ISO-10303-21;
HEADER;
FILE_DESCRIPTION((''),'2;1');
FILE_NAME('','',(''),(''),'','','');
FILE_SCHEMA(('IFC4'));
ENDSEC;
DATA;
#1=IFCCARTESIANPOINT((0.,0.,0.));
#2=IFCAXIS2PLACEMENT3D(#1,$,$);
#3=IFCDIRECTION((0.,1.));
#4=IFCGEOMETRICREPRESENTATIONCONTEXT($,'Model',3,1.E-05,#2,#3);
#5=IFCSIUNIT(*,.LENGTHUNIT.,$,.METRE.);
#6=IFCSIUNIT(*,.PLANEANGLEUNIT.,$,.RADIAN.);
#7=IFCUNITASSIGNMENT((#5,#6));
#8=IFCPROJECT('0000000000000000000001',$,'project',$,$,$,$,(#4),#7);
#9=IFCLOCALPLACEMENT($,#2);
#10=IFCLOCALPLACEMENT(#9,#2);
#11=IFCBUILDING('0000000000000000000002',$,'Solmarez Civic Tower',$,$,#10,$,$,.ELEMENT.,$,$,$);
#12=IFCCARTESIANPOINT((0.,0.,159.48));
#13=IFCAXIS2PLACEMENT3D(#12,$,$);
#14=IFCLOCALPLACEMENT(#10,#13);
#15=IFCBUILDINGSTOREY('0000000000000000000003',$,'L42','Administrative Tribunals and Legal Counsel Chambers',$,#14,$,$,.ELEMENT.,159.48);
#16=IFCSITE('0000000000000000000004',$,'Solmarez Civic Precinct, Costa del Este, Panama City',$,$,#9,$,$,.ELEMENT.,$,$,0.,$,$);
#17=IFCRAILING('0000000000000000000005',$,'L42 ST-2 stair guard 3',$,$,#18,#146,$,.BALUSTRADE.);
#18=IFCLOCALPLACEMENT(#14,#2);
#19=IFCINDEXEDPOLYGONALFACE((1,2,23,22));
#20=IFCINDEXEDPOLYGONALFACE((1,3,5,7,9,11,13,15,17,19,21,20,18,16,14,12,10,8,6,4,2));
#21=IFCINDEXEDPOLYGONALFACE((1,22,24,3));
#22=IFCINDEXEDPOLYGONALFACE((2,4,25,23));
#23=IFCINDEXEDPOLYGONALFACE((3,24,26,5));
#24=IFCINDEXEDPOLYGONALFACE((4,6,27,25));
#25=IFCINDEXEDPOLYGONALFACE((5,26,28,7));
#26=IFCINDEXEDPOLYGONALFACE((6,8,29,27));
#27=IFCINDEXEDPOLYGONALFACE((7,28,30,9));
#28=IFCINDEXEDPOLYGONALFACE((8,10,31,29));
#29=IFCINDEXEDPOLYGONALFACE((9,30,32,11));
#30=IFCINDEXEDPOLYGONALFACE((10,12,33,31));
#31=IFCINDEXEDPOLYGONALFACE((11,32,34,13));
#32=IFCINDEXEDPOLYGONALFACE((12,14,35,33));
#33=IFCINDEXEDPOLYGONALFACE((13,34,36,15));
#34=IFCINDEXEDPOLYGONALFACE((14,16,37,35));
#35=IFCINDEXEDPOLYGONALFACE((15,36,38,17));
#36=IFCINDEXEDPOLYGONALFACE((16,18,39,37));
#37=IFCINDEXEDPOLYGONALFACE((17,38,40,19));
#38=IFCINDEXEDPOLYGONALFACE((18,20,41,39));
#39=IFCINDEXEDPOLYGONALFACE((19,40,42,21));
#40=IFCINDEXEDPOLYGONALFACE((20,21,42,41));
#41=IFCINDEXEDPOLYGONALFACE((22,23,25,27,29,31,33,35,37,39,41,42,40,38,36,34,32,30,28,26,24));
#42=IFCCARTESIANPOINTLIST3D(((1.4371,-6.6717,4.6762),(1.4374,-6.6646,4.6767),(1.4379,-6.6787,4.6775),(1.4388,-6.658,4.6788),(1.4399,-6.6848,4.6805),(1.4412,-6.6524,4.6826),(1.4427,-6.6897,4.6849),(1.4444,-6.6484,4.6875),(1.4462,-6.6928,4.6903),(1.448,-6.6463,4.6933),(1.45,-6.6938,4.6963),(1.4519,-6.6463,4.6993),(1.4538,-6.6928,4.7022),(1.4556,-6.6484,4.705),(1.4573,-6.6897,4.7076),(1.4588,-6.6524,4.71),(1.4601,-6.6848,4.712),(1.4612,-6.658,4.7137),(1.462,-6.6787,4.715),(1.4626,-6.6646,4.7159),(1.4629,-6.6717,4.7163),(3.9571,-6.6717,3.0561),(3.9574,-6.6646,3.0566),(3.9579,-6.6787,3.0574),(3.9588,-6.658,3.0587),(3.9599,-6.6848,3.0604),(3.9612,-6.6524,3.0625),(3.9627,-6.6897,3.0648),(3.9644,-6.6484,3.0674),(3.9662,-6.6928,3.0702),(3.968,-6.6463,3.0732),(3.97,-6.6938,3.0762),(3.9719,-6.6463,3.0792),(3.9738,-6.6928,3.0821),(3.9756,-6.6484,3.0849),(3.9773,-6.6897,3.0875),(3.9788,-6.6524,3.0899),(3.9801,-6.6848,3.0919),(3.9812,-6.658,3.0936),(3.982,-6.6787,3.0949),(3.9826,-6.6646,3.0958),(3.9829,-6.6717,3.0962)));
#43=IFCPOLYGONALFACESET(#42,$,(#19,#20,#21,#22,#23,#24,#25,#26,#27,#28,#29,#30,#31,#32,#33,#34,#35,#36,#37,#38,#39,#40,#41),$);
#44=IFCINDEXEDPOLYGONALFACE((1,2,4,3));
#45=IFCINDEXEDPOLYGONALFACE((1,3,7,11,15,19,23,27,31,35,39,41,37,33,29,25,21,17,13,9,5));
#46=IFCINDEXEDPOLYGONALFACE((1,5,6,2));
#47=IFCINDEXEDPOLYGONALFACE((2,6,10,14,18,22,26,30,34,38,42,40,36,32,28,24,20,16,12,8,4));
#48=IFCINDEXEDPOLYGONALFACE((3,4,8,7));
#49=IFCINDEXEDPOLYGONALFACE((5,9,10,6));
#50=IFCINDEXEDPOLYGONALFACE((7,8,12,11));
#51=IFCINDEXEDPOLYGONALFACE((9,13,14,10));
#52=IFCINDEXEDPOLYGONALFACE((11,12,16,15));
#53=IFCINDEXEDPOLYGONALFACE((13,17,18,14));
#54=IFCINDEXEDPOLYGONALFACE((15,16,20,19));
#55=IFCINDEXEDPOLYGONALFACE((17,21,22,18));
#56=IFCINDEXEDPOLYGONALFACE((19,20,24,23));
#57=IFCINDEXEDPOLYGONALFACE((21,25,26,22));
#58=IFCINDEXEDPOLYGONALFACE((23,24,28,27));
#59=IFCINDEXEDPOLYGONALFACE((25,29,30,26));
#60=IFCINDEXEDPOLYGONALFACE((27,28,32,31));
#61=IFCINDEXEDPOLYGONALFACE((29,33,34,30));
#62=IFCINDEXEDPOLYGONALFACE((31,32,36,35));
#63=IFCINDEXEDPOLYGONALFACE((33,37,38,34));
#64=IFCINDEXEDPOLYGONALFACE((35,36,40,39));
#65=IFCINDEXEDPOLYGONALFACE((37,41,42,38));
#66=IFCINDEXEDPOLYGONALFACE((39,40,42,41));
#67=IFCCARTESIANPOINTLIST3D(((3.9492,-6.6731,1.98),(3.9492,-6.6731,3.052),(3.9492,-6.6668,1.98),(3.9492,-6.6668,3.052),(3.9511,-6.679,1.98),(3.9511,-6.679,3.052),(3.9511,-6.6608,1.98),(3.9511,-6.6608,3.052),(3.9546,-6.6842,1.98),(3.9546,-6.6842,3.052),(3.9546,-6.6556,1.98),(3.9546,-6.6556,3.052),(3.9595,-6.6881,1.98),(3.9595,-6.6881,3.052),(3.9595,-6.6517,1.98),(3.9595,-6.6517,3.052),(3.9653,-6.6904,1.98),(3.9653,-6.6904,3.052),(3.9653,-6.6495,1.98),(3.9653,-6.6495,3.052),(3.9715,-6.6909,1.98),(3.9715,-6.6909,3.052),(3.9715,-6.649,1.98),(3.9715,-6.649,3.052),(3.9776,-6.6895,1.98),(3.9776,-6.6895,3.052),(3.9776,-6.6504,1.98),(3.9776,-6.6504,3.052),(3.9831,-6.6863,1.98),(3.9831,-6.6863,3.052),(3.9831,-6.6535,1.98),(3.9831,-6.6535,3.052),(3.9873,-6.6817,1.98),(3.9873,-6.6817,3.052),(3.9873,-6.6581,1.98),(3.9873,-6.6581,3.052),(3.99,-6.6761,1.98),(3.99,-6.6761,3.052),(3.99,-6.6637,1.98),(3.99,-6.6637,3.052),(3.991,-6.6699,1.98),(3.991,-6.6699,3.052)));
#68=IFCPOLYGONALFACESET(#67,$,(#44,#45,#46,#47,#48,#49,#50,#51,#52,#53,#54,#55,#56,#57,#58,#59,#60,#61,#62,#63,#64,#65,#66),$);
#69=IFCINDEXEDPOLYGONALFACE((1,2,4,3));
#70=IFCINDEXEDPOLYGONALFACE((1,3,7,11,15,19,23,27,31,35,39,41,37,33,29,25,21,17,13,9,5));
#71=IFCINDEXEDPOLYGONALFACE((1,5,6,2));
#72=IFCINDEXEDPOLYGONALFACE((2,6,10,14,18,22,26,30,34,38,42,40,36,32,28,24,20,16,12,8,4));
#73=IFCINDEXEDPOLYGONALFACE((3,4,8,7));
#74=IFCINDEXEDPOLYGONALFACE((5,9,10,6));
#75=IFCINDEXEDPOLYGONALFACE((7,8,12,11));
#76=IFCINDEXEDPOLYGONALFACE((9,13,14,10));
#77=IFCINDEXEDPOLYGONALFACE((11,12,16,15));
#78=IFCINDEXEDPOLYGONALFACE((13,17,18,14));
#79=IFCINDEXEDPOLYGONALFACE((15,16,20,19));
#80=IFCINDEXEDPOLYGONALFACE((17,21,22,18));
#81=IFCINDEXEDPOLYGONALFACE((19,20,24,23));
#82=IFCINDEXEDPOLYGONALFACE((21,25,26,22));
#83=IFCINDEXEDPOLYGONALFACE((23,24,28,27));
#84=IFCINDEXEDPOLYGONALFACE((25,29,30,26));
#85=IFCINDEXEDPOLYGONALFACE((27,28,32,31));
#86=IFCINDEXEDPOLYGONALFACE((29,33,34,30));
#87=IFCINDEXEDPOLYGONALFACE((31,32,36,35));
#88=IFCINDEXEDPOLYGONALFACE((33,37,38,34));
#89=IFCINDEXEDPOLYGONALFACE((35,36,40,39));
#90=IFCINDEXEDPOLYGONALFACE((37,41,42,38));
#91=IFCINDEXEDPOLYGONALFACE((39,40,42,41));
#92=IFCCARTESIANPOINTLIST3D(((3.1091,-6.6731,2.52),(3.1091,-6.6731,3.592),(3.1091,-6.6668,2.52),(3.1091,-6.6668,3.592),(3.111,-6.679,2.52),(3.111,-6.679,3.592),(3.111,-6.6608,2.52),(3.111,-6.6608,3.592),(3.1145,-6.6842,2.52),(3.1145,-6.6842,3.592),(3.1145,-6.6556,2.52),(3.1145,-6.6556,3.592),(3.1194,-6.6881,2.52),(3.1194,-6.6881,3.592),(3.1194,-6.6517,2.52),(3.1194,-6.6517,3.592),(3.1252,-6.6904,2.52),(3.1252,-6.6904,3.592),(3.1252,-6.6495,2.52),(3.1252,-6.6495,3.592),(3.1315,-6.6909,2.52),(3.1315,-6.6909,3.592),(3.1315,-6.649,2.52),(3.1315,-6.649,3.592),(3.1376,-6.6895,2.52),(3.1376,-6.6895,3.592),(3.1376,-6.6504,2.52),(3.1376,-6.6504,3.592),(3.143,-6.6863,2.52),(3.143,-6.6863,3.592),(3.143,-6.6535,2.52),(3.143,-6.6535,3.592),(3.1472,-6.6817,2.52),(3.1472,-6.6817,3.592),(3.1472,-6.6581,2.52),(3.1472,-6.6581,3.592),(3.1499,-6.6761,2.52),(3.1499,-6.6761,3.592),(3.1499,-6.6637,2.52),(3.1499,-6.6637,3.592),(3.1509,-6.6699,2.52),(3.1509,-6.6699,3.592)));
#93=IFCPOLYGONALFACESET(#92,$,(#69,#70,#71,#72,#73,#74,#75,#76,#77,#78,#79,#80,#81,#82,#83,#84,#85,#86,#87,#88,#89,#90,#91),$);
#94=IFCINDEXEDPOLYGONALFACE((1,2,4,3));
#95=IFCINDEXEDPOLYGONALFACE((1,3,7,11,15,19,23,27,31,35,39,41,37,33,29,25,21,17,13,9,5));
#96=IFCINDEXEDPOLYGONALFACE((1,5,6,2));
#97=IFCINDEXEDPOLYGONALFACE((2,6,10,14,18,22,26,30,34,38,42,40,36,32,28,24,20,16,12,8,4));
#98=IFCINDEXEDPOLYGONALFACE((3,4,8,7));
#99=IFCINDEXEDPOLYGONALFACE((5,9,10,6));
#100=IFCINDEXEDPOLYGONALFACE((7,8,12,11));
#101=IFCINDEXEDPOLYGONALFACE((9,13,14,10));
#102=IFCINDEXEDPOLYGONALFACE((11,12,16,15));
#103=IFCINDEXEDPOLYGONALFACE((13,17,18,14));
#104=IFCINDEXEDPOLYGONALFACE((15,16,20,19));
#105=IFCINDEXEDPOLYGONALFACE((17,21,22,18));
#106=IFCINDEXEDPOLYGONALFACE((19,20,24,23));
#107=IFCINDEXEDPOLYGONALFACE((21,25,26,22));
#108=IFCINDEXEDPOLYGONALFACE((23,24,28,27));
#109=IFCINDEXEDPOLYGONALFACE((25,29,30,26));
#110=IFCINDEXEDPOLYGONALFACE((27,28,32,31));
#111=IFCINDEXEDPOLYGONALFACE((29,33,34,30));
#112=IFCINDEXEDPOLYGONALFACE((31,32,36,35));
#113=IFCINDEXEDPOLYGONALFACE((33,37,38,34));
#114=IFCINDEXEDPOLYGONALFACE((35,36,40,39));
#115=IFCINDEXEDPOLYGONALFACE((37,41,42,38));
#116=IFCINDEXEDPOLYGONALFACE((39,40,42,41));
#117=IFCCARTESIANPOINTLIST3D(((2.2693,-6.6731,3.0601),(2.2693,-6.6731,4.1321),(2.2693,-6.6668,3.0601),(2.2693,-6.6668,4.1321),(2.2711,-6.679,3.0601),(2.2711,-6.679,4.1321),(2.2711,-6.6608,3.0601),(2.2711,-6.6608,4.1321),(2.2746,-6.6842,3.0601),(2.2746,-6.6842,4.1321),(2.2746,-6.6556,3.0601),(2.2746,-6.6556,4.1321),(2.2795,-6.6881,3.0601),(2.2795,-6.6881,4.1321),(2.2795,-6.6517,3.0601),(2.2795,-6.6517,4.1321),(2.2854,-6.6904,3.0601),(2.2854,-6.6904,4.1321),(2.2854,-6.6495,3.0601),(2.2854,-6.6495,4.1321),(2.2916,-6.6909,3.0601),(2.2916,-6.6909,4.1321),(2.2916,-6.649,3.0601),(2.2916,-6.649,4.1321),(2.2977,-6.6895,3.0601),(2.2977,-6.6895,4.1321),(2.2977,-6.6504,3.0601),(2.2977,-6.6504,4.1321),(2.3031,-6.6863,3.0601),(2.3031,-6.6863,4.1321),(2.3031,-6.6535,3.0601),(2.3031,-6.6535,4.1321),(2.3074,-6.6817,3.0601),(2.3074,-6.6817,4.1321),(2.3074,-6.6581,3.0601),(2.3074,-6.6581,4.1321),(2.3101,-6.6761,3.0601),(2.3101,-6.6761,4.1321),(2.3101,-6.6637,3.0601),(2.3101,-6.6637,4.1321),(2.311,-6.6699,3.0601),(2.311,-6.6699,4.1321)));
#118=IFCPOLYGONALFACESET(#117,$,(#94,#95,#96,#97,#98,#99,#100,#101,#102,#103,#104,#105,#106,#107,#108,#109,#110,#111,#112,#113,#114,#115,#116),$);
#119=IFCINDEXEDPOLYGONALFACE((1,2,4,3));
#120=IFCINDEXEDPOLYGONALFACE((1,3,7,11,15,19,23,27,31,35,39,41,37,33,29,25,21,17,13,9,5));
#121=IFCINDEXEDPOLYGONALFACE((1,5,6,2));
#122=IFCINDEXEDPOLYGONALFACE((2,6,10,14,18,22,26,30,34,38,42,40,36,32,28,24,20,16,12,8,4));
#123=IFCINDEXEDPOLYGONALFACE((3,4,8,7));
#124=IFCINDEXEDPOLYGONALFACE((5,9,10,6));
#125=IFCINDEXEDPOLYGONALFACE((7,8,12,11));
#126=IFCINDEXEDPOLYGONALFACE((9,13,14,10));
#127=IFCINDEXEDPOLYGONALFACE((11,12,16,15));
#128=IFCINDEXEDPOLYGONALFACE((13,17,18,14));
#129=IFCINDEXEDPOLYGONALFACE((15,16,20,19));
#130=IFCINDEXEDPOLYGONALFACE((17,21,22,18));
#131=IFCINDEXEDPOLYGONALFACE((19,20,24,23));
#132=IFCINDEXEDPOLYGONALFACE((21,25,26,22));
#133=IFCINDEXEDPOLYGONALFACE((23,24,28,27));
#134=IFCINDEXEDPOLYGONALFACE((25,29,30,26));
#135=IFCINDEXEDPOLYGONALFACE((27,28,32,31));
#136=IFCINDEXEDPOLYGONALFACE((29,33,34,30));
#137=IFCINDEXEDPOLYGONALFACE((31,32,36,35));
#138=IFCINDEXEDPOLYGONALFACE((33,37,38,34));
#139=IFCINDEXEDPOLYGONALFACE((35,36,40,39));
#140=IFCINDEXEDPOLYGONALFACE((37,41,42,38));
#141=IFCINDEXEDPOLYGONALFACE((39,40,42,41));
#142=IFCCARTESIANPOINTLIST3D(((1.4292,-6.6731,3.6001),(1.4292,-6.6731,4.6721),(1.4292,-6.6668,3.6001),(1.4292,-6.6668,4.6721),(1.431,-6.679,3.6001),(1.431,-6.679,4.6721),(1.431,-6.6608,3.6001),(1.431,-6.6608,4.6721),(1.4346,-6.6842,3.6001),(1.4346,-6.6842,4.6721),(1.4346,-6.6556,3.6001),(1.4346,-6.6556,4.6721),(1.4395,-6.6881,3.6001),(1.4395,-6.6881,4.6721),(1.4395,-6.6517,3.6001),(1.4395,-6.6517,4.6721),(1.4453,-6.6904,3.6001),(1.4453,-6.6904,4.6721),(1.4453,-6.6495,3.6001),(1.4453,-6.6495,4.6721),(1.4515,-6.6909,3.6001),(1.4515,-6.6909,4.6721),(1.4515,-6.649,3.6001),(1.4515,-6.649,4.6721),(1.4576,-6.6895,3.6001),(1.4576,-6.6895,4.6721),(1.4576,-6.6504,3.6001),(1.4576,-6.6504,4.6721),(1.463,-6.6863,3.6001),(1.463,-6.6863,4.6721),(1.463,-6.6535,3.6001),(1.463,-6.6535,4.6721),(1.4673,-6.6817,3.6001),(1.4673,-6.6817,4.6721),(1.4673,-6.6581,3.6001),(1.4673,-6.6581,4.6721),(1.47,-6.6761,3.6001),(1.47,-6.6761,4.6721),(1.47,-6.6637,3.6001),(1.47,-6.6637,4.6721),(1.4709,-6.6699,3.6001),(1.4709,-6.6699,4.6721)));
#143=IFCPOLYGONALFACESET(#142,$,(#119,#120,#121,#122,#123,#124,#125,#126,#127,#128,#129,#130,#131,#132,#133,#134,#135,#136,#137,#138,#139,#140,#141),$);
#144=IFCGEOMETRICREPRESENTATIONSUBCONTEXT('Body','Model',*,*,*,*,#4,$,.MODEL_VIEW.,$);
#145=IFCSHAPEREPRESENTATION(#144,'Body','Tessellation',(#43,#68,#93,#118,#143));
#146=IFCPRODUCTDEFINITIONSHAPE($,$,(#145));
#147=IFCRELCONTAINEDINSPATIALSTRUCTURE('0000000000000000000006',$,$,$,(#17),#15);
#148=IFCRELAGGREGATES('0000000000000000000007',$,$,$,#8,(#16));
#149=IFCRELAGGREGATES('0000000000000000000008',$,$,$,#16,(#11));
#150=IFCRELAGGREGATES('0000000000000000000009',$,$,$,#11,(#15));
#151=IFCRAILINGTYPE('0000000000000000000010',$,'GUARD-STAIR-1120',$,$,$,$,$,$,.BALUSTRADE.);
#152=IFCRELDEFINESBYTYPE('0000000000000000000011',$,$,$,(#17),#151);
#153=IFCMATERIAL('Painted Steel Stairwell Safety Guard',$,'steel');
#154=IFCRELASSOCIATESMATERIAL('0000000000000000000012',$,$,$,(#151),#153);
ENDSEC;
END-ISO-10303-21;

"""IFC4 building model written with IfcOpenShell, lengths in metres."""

from ifc_helpers import new_model, si_unit, direction, frame, origin, origin_2d, place, context, subcontext, project, spatial, circle, extrude, material, type_object, element, save


model = new_model("IFC4")

# Units and contexts
model_context = context("Model", 3, precision=1e-05, world=origin(), true_north=direction((0.0, 1.0)))
body_context = subcontext(model_context, "Body", "Model", "MODEL_VIEW")
ifc_project = project(units=[si_unit("LENGTHUNIT", "METRE"), si_unit("PLANEANGLEUNIT", "RADIAN")], contexts=[model_context])

# Site, building, storey
site_placement = place(None, origin())
site = spatial("IfcSite", under=ifc_project, at=site_placement, Name="Solmarez Civic Precinct, Costa del Este, Panama City", CompositionType="ELEMENT", RefElevation=0.0)
building_placement = place(site_placement, origin())
building = spatial("IfcBuilding", under=site, at=building_placement, Name="Solmarez Civic Tower", CompositionType="ELEMENT")
storey_placement = place(building_placement, frame((0.0, 0.0, 159.48)))
storey = spatial("IfcBuildingStorey", under=building, at=storey_placement, Name="L42", Description="Administrative Tribunals and Legal Counsel Chambers", CompositionType="ELEMENT", Elevation=159.48)

# Railing
ifc_material_1 = material(Name="Painted Steel Stairwell Safety Guard", Category="steel")
railing_type_1 = type_object("IfcRailingType", Name="GUARD-STAIR-1120", PredefinedType="BALUSTRADE", material=ifc_material_1)
railing_1_placement = place(storey_placement, frame((3.97, -6.6699, 1.98)))
element("IfcRailing", 1, at=railing_1_placement, inside=storey, type_object=railing_type_1, Name="L42 ST-2 stair guard 3", PredefinedType="BALUSTRADE", context=body_context, shape_type="SweptSolid", body=[
    extrude(circle(Radius=0.0239, at=origin_2d()), frame((0.0, 0.0, 1.0962), z_axis=(-0.841163, 0.0, 0.540782), x_axis=(0.0, -1.0, 0.0)), (0.0, 0.0, 1.0), 2.9958),
    extrude(circle(Radius=0.021, at=origin_2d()), origin(), (0.0, 0.0, 1.0), 1.072),
    extrude(circle(Radius=0.021, at=origin_2d()), frame((-0.8401, 0.0, 0.54)), (0.0, 0.0, 1.0), 1.072),
    extrude(circle(Radius=0.021, at=origin_2d()), frame((-1.6799, 0.0, 1.0801)), (0.0, 0.0, 1.0), 1.072),
    extrude(circle(Radius=0.021, at=origin_2d()), frame((-2.52, 0.0, 1.6201)), (0.0, 0.0, 1.0), 1.072),
])

save(model, "model.ifc")
